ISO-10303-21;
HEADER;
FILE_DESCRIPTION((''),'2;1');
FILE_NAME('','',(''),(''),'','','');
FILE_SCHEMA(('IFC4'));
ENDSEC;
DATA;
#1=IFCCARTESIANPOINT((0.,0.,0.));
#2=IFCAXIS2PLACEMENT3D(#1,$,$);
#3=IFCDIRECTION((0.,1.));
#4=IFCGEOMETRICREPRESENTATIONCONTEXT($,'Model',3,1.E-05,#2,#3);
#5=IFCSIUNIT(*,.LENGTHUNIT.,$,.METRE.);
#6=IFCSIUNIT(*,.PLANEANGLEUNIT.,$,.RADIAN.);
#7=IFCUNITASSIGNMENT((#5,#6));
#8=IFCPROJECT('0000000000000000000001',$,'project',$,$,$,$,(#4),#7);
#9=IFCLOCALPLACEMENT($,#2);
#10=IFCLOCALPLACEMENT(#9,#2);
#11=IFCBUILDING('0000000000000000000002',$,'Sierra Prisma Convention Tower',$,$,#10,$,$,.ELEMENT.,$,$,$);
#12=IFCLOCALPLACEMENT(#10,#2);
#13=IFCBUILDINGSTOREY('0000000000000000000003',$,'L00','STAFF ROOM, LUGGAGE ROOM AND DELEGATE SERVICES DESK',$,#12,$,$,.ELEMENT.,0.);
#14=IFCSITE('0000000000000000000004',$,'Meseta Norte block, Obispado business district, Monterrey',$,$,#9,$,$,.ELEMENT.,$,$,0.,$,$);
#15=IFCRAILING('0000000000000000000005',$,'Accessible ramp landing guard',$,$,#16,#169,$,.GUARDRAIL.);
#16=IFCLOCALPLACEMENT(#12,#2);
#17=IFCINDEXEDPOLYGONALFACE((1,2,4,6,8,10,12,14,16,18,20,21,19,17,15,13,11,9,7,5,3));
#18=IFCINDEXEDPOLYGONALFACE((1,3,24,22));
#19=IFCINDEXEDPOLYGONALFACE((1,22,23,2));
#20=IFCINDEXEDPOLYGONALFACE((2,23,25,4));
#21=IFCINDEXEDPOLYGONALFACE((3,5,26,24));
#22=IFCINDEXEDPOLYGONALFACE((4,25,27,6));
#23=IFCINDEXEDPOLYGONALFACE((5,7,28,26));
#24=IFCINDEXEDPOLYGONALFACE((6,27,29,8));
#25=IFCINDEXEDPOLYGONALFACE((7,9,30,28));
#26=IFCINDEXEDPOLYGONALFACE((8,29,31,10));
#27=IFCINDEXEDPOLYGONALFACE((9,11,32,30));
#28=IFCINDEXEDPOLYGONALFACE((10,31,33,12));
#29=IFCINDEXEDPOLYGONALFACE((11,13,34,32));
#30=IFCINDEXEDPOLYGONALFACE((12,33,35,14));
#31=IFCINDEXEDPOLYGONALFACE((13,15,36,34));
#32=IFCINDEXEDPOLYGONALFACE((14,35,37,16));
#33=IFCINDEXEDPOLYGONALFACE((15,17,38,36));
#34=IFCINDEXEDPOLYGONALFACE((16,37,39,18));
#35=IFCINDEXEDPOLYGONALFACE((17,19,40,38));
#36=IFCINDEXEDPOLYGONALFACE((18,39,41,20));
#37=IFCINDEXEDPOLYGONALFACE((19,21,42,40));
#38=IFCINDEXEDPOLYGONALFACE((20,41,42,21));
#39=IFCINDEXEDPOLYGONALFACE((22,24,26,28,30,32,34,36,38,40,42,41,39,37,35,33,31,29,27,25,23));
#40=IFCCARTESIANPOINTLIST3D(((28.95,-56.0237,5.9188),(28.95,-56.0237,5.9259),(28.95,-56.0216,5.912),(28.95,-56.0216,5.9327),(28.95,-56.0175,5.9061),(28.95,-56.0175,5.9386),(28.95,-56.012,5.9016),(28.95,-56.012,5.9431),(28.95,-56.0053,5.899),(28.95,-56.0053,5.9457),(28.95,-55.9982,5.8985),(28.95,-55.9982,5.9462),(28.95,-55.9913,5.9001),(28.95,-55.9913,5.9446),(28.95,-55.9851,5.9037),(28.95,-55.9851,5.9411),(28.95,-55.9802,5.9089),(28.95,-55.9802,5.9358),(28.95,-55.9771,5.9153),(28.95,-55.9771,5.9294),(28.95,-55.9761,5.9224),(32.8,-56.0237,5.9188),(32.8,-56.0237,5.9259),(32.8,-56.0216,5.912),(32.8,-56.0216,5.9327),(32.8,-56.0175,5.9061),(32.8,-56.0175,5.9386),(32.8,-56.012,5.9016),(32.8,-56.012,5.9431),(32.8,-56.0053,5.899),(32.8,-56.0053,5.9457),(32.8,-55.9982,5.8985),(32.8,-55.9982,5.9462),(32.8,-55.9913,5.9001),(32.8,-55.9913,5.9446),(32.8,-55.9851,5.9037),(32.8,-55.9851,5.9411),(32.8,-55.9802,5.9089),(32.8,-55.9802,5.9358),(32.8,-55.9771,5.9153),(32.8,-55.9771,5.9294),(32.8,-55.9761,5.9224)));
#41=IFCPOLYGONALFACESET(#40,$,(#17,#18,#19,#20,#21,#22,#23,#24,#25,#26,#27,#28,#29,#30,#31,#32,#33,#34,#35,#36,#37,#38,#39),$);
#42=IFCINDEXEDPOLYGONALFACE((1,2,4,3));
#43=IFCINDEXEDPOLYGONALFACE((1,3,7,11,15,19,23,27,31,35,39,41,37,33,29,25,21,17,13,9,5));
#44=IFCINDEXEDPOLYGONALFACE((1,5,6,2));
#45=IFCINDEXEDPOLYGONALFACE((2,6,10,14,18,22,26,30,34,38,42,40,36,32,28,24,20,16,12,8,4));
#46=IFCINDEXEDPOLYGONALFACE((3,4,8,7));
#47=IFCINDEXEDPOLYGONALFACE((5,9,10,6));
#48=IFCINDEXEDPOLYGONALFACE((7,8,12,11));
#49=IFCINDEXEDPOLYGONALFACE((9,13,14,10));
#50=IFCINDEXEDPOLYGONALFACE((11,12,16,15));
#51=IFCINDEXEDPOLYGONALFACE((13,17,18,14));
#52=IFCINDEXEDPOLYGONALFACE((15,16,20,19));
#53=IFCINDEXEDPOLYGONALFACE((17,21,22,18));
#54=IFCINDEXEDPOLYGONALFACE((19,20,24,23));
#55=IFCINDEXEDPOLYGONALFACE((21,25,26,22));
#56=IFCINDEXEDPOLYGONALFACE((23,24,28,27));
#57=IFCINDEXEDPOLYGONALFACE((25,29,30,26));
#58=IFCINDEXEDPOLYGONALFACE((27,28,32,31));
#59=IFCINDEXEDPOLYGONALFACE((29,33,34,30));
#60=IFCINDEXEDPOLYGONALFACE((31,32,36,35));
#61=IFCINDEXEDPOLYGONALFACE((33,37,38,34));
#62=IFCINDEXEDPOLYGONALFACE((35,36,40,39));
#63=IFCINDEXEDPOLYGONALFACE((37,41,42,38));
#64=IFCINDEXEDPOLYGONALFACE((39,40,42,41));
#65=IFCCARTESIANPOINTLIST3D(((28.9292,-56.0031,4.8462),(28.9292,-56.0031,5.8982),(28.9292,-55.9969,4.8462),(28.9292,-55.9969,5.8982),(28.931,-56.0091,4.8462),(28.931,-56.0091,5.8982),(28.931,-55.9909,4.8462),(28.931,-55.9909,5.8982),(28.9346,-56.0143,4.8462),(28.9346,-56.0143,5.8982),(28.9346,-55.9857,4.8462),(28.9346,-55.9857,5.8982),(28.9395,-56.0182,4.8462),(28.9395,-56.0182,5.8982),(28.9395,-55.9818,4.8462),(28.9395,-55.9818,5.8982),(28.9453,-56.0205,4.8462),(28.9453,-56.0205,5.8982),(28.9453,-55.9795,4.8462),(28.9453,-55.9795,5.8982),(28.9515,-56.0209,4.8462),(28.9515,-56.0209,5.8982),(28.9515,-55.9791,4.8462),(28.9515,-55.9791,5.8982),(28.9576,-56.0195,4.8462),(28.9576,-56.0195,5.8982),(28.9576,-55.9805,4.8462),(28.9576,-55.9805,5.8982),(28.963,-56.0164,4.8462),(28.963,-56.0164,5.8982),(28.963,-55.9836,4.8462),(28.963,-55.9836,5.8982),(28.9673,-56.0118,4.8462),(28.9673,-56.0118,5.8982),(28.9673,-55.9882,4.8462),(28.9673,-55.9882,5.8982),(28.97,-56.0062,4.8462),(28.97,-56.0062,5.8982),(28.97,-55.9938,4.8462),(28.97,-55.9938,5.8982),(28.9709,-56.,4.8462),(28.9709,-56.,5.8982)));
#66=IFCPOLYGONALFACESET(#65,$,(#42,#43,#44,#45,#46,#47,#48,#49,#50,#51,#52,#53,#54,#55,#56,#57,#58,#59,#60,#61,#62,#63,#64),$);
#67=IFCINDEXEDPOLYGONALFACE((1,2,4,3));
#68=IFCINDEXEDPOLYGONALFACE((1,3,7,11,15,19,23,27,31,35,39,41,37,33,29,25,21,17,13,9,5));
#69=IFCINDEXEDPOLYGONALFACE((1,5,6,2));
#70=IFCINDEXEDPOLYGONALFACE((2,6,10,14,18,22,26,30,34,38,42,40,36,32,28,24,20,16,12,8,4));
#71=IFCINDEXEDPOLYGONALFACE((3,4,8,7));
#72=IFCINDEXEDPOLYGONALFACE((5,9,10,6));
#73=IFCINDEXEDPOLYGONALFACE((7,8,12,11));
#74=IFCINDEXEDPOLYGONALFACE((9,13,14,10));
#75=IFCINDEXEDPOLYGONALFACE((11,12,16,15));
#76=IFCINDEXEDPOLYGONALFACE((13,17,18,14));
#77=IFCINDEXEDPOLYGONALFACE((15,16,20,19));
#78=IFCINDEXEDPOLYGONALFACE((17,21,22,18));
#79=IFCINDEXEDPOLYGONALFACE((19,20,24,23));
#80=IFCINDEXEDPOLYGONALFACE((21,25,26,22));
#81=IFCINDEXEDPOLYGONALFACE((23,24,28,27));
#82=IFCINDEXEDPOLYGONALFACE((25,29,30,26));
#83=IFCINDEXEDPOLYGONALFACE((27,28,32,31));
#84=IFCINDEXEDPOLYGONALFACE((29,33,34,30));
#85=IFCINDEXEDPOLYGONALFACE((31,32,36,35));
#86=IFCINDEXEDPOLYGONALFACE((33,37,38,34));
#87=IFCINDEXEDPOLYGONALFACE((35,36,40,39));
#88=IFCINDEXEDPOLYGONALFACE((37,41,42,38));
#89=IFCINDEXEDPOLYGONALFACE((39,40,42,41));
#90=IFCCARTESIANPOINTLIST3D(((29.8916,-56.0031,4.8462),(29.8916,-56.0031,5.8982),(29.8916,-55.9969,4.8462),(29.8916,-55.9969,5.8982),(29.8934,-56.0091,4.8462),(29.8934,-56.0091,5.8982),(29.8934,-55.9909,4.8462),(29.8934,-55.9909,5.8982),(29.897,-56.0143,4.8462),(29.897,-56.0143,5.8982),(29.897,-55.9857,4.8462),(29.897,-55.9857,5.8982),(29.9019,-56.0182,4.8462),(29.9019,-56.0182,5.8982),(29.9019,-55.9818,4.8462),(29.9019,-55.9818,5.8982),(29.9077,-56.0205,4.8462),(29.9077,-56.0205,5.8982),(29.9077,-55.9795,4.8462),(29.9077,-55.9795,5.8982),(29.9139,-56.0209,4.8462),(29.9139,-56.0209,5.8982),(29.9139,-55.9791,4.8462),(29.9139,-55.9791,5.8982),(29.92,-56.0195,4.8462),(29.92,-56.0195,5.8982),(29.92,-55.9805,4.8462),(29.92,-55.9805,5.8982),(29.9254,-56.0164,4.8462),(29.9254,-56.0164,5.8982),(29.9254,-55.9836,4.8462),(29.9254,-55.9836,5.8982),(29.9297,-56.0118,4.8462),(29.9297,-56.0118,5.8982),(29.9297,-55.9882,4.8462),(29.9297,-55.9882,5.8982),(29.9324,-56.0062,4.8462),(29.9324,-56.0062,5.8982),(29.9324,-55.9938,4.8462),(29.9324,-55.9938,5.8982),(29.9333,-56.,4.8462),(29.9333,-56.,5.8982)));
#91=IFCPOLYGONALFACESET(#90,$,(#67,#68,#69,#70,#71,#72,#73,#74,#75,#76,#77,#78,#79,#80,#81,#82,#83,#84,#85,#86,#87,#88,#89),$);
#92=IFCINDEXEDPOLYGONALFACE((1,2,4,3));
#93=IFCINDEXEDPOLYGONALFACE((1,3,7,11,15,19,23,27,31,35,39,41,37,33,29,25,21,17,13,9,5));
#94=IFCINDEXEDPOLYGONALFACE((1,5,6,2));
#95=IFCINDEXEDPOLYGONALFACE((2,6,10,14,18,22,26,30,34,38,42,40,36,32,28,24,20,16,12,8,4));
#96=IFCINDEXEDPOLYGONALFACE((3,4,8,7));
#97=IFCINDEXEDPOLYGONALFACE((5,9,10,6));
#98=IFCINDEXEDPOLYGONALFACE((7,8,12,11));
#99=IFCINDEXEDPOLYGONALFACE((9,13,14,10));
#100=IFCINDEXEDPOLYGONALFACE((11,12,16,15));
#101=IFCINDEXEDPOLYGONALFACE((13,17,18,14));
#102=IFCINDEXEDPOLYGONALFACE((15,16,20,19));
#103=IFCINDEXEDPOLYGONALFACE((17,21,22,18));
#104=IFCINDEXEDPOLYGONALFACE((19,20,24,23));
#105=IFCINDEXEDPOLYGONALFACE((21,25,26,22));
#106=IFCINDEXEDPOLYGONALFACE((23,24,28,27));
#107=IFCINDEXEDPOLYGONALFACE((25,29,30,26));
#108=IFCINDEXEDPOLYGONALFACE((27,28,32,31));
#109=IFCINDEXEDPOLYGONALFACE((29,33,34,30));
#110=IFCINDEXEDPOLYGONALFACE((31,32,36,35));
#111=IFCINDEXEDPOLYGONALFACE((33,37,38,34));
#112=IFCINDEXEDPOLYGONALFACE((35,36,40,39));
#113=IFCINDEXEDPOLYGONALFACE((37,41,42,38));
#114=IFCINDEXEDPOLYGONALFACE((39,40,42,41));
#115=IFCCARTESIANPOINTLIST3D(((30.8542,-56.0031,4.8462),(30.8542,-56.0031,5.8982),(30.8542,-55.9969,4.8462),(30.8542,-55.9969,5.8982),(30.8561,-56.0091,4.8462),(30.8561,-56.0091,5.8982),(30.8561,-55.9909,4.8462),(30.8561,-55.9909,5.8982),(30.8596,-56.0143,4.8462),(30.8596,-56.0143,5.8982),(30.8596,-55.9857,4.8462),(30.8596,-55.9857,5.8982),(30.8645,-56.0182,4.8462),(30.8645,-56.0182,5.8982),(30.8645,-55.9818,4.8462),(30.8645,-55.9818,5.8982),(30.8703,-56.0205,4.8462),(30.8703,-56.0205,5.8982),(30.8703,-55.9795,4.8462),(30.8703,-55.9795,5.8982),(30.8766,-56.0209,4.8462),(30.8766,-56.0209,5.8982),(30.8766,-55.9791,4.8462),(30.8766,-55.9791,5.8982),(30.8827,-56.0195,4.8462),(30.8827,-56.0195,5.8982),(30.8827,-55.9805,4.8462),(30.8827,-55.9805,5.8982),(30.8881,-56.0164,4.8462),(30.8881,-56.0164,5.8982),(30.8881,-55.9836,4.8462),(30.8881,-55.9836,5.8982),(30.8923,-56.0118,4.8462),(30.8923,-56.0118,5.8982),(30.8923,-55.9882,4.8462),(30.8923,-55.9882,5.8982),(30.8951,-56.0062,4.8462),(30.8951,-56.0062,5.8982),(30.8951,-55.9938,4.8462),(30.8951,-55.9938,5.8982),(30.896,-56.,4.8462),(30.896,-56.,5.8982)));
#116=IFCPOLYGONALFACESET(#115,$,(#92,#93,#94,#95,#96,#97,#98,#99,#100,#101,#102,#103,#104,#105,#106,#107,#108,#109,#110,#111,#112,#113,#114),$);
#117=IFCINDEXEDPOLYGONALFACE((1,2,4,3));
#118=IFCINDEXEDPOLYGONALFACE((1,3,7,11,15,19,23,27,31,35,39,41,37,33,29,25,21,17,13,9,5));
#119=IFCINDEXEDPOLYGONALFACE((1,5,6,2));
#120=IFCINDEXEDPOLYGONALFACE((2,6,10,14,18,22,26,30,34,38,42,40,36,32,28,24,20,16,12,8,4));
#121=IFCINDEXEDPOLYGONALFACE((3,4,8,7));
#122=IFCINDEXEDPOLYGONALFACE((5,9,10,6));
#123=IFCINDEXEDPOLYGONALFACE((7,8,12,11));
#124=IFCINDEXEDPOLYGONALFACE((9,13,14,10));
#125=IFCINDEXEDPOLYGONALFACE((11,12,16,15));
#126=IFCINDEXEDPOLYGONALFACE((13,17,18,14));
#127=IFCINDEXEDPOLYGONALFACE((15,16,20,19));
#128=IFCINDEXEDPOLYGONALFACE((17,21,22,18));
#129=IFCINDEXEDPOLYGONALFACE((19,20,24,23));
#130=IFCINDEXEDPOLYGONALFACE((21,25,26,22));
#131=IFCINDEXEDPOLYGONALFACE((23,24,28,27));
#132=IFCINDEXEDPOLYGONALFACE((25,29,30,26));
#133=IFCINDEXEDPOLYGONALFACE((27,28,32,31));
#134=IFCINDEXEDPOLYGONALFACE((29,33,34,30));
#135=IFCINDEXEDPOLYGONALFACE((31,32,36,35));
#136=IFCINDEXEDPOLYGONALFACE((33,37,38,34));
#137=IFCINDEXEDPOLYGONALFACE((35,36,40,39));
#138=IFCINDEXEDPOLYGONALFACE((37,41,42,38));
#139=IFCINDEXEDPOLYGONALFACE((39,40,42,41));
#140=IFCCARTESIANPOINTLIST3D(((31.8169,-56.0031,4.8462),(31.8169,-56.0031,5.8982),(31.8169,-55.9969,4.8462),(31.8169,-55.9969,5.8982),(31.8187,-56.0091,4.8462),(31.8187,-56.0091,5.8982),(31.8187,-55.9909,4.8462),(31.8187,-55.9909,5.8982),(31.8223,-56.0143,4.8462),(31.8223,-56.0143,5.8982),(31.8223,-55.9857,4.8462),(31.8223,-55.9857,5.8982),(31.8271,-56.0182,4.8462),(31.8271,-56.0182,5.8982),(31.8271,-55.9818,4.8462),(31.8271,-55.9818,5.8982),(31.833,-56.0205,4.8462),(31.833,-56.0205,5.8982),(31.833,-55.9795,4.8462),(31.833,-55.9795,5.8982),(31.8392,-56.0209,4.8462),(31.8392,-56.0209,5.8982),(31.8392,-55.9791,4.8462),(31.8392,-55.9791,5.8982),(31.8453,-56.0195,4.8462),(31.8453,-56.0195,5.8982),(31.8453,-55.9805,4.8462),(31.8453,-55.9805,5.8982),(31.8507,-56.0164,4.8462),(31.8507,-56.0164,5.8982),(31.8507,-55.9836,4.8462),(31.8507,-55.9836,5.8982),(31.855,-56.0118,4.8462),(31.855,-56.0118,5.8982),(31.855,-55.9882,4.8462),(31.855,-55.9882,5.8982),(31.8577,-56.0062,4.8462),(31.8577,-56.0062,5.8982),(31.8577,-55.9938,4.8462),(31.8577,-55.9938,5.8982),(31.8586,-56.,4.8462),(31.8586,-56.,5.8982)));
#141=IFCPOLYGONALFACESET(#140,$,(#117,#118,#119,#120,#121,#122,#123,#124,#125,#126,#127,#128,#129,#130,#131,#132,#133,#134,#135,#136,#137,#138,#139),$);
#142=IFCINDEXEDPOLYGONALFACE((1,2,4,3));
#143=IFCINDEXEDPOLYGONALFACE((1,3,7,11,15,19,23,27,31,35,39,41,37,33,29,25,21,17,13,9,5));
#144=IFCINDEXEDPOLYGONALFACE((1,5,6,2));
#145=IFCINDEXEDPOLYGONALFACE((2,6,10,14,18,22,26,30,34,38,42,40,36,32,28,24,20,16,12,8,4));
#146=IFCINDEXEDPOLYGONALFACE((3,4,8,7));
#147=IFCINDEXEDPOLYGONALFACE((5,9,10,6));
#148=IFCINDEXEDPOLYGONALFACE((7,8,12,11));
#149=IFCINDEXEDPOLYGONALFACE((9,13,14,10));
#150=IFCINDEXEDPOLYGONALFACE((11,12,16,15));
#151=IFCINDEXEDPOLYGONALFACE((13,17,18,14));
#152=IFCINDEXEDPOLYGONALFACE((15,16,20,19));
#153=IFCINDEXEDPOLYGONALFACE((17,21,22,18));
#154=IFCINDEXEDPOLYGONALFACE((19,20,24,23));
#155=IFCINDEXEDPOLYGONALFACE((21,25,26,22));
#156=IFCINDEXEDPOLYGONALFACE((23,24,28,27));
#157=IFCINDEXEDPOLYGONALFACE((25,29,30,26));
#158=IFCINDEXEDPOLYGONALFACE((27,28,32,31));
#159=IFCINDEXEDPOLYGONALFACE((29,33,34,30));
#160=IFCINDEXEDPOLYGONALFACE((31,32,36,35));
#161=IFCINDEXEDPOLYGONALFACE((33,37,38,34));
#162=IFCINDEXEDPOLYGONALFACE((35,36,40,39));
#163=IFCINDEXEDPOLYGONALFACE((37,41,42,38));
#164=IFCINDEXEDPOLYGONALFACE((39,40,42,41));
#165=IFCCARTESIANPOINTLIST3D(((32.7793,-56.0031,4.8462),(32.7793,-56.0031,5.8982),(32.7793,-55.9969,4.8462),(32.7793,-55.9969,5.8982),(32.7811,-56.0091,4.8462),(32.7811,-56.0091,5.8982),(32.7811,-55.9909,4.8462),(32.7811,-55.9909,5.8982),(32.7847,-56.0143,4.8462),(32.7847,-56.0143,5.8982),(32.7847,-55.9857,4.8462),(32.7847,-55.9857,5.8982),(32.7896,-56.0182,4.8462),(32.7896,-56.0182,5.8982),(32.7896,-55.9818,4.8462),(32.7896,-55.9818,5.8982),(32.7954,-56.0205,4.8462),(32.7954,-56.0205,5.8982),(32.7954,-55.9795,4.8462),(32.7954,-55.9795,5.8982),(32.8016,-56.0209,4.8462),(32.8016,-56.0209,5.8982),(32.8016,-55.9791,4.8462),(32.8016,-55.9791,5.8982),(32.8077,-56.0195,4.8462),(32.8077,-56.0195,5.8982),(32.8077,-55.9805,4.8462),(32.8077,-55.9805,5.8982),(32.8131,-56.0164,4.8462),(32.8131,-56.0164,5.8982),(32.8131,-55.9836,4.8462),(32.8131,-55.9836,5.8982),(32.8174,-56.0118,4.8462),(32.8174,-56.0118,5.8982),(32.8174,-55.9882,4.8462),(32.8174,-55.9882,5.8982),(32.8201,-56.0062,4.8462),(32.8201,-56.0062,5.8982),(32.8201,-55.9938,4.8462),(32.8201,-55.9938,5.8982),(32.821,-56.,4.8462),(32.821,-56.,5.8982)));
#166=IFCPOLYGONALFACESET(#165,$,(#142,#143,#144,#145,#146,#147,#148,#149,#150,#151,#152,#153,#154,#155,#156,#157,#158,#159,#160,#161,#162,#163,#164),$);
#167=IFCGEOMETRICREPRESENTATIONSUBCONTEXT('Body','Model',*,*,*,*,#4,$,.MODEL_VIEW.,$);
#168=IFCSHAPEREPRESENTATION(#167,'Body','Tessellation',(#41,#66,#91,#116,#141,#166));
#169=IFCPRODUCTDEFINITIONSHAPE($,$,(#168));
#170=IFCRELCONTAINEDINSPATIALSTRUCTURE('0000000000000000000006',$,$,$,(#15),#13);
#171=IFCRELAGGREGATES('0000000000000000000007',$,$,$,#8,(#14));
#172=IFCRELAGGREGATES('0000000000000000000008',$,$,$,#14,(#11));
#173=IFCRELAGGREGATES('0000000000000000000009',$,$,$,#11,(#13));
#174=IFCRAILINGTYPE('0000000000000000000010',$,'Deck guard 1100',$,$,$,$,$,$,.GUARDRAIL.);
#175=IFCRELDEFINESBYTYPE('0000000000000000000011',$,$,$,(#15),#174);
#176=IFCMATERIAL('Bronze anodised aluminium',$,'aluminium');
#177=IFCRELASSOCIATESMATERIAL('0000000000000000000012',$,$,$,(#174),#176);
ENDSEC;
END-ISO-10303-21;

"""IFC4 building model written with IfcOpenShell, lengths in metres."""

from ifc_helpers import new_model, si_unit, direction, frame, origin, origin_2d, place, context, subcontext, project, spatial, circle, extrude, material, type_object, element, save


model = new_model("IFC4")

# Units and contexts
model_context = context("Model", 3, precision=1e-05, world=origin(), true_north=direction((0.0, 1.0)))
body_context = subcontext(model_context, "Body", "Model", "MODEL_VIEW")
ifc_project = project(units=[si_unit("LENGTHUNIT", "METRE"), si_unit("PLANEANGLEUNIT", "RADIAN")], contexts=[model_context])

# Site, building, storey
site_placement = place(None, origin())
site = spatial("IfcSite", under=ifc_project, at=site_placement, Name="Meseta Norte block, Obispado business district, Monterrey", CompositionType="ELEMENT", RefElevation=0.0)
building_placement = place(site_placement, origin())
building = spatial("IfcBuilding", under=site, at=building_placement, Name="Sierra Prisma Convention Tower", CompositionType="ELEMENT")
storey_placement = place(building_placement, origin())
storey = spatial("IfcBuildingStorey", under=building, at=storey_placement, Name="L00", Description="STAFF ROOM, LUGGAGE ROOM AND DELEGATE SERVICES DESK", CompositionType="ELEMENT", Elevation=0.0)

# Railing
ifc_material_1 = material(Name="Bronze anodised aluminium", Category="aluminium")
railing_type = type_object("IfcRailingType", Name="Deck guard 1100", PredefinedType="GUARDRAIL", material=ifc_material_1)
railing_1_placement = place(storey_placement, frame((28.95, -56.0, 4.8462)))
element("IfcRailing", 1, at=railing_1_placement, inside=storey, type_object=railing_type, Name="Accessible ramp landing guard", PredefinedType="GUARDRAIL", context=body_context, shape_type="SweptSolid", body=[
    extrude(circle(Radius=0.0239, at=origin_2d()), frame((0.0, 0.0, 1.0762), z_axis=(1.0, 0.0, 0.0), x_axis=(0.0, 1.0, 0.0)), (0.0, 0.0, 1.0), 3.8501),
    extrude(circle(Radius=0.021, at=origin_2d()), origin(), (0.0, 0.0, 1.0), 1.052),
    extrude(circle(Radius=0.021, at=origin_2d()), frame((0.9624, 0.0, 0.0)), (0.0, 0.0, 1.0), 1.052),
    extrude(circle(Radius=0.021, at=origin_2d()), frame((1.925, 0.0, 0.0)), (0.0, 0.0, 1.0), 1.052),
    extrude(circle(Radius=0.021, at=origin_2d()), frame((2.8877, 0.0, 0.0)), (0.0, 0.0, 1.0), 1.052),
    extrude(circle(Radius=0.021, at=origin_2d()), frame((3.8501, 0.0, 0.0)), (0.0, 0.0, 1.0), 1.052),
])

save(model, "model.ifc")
